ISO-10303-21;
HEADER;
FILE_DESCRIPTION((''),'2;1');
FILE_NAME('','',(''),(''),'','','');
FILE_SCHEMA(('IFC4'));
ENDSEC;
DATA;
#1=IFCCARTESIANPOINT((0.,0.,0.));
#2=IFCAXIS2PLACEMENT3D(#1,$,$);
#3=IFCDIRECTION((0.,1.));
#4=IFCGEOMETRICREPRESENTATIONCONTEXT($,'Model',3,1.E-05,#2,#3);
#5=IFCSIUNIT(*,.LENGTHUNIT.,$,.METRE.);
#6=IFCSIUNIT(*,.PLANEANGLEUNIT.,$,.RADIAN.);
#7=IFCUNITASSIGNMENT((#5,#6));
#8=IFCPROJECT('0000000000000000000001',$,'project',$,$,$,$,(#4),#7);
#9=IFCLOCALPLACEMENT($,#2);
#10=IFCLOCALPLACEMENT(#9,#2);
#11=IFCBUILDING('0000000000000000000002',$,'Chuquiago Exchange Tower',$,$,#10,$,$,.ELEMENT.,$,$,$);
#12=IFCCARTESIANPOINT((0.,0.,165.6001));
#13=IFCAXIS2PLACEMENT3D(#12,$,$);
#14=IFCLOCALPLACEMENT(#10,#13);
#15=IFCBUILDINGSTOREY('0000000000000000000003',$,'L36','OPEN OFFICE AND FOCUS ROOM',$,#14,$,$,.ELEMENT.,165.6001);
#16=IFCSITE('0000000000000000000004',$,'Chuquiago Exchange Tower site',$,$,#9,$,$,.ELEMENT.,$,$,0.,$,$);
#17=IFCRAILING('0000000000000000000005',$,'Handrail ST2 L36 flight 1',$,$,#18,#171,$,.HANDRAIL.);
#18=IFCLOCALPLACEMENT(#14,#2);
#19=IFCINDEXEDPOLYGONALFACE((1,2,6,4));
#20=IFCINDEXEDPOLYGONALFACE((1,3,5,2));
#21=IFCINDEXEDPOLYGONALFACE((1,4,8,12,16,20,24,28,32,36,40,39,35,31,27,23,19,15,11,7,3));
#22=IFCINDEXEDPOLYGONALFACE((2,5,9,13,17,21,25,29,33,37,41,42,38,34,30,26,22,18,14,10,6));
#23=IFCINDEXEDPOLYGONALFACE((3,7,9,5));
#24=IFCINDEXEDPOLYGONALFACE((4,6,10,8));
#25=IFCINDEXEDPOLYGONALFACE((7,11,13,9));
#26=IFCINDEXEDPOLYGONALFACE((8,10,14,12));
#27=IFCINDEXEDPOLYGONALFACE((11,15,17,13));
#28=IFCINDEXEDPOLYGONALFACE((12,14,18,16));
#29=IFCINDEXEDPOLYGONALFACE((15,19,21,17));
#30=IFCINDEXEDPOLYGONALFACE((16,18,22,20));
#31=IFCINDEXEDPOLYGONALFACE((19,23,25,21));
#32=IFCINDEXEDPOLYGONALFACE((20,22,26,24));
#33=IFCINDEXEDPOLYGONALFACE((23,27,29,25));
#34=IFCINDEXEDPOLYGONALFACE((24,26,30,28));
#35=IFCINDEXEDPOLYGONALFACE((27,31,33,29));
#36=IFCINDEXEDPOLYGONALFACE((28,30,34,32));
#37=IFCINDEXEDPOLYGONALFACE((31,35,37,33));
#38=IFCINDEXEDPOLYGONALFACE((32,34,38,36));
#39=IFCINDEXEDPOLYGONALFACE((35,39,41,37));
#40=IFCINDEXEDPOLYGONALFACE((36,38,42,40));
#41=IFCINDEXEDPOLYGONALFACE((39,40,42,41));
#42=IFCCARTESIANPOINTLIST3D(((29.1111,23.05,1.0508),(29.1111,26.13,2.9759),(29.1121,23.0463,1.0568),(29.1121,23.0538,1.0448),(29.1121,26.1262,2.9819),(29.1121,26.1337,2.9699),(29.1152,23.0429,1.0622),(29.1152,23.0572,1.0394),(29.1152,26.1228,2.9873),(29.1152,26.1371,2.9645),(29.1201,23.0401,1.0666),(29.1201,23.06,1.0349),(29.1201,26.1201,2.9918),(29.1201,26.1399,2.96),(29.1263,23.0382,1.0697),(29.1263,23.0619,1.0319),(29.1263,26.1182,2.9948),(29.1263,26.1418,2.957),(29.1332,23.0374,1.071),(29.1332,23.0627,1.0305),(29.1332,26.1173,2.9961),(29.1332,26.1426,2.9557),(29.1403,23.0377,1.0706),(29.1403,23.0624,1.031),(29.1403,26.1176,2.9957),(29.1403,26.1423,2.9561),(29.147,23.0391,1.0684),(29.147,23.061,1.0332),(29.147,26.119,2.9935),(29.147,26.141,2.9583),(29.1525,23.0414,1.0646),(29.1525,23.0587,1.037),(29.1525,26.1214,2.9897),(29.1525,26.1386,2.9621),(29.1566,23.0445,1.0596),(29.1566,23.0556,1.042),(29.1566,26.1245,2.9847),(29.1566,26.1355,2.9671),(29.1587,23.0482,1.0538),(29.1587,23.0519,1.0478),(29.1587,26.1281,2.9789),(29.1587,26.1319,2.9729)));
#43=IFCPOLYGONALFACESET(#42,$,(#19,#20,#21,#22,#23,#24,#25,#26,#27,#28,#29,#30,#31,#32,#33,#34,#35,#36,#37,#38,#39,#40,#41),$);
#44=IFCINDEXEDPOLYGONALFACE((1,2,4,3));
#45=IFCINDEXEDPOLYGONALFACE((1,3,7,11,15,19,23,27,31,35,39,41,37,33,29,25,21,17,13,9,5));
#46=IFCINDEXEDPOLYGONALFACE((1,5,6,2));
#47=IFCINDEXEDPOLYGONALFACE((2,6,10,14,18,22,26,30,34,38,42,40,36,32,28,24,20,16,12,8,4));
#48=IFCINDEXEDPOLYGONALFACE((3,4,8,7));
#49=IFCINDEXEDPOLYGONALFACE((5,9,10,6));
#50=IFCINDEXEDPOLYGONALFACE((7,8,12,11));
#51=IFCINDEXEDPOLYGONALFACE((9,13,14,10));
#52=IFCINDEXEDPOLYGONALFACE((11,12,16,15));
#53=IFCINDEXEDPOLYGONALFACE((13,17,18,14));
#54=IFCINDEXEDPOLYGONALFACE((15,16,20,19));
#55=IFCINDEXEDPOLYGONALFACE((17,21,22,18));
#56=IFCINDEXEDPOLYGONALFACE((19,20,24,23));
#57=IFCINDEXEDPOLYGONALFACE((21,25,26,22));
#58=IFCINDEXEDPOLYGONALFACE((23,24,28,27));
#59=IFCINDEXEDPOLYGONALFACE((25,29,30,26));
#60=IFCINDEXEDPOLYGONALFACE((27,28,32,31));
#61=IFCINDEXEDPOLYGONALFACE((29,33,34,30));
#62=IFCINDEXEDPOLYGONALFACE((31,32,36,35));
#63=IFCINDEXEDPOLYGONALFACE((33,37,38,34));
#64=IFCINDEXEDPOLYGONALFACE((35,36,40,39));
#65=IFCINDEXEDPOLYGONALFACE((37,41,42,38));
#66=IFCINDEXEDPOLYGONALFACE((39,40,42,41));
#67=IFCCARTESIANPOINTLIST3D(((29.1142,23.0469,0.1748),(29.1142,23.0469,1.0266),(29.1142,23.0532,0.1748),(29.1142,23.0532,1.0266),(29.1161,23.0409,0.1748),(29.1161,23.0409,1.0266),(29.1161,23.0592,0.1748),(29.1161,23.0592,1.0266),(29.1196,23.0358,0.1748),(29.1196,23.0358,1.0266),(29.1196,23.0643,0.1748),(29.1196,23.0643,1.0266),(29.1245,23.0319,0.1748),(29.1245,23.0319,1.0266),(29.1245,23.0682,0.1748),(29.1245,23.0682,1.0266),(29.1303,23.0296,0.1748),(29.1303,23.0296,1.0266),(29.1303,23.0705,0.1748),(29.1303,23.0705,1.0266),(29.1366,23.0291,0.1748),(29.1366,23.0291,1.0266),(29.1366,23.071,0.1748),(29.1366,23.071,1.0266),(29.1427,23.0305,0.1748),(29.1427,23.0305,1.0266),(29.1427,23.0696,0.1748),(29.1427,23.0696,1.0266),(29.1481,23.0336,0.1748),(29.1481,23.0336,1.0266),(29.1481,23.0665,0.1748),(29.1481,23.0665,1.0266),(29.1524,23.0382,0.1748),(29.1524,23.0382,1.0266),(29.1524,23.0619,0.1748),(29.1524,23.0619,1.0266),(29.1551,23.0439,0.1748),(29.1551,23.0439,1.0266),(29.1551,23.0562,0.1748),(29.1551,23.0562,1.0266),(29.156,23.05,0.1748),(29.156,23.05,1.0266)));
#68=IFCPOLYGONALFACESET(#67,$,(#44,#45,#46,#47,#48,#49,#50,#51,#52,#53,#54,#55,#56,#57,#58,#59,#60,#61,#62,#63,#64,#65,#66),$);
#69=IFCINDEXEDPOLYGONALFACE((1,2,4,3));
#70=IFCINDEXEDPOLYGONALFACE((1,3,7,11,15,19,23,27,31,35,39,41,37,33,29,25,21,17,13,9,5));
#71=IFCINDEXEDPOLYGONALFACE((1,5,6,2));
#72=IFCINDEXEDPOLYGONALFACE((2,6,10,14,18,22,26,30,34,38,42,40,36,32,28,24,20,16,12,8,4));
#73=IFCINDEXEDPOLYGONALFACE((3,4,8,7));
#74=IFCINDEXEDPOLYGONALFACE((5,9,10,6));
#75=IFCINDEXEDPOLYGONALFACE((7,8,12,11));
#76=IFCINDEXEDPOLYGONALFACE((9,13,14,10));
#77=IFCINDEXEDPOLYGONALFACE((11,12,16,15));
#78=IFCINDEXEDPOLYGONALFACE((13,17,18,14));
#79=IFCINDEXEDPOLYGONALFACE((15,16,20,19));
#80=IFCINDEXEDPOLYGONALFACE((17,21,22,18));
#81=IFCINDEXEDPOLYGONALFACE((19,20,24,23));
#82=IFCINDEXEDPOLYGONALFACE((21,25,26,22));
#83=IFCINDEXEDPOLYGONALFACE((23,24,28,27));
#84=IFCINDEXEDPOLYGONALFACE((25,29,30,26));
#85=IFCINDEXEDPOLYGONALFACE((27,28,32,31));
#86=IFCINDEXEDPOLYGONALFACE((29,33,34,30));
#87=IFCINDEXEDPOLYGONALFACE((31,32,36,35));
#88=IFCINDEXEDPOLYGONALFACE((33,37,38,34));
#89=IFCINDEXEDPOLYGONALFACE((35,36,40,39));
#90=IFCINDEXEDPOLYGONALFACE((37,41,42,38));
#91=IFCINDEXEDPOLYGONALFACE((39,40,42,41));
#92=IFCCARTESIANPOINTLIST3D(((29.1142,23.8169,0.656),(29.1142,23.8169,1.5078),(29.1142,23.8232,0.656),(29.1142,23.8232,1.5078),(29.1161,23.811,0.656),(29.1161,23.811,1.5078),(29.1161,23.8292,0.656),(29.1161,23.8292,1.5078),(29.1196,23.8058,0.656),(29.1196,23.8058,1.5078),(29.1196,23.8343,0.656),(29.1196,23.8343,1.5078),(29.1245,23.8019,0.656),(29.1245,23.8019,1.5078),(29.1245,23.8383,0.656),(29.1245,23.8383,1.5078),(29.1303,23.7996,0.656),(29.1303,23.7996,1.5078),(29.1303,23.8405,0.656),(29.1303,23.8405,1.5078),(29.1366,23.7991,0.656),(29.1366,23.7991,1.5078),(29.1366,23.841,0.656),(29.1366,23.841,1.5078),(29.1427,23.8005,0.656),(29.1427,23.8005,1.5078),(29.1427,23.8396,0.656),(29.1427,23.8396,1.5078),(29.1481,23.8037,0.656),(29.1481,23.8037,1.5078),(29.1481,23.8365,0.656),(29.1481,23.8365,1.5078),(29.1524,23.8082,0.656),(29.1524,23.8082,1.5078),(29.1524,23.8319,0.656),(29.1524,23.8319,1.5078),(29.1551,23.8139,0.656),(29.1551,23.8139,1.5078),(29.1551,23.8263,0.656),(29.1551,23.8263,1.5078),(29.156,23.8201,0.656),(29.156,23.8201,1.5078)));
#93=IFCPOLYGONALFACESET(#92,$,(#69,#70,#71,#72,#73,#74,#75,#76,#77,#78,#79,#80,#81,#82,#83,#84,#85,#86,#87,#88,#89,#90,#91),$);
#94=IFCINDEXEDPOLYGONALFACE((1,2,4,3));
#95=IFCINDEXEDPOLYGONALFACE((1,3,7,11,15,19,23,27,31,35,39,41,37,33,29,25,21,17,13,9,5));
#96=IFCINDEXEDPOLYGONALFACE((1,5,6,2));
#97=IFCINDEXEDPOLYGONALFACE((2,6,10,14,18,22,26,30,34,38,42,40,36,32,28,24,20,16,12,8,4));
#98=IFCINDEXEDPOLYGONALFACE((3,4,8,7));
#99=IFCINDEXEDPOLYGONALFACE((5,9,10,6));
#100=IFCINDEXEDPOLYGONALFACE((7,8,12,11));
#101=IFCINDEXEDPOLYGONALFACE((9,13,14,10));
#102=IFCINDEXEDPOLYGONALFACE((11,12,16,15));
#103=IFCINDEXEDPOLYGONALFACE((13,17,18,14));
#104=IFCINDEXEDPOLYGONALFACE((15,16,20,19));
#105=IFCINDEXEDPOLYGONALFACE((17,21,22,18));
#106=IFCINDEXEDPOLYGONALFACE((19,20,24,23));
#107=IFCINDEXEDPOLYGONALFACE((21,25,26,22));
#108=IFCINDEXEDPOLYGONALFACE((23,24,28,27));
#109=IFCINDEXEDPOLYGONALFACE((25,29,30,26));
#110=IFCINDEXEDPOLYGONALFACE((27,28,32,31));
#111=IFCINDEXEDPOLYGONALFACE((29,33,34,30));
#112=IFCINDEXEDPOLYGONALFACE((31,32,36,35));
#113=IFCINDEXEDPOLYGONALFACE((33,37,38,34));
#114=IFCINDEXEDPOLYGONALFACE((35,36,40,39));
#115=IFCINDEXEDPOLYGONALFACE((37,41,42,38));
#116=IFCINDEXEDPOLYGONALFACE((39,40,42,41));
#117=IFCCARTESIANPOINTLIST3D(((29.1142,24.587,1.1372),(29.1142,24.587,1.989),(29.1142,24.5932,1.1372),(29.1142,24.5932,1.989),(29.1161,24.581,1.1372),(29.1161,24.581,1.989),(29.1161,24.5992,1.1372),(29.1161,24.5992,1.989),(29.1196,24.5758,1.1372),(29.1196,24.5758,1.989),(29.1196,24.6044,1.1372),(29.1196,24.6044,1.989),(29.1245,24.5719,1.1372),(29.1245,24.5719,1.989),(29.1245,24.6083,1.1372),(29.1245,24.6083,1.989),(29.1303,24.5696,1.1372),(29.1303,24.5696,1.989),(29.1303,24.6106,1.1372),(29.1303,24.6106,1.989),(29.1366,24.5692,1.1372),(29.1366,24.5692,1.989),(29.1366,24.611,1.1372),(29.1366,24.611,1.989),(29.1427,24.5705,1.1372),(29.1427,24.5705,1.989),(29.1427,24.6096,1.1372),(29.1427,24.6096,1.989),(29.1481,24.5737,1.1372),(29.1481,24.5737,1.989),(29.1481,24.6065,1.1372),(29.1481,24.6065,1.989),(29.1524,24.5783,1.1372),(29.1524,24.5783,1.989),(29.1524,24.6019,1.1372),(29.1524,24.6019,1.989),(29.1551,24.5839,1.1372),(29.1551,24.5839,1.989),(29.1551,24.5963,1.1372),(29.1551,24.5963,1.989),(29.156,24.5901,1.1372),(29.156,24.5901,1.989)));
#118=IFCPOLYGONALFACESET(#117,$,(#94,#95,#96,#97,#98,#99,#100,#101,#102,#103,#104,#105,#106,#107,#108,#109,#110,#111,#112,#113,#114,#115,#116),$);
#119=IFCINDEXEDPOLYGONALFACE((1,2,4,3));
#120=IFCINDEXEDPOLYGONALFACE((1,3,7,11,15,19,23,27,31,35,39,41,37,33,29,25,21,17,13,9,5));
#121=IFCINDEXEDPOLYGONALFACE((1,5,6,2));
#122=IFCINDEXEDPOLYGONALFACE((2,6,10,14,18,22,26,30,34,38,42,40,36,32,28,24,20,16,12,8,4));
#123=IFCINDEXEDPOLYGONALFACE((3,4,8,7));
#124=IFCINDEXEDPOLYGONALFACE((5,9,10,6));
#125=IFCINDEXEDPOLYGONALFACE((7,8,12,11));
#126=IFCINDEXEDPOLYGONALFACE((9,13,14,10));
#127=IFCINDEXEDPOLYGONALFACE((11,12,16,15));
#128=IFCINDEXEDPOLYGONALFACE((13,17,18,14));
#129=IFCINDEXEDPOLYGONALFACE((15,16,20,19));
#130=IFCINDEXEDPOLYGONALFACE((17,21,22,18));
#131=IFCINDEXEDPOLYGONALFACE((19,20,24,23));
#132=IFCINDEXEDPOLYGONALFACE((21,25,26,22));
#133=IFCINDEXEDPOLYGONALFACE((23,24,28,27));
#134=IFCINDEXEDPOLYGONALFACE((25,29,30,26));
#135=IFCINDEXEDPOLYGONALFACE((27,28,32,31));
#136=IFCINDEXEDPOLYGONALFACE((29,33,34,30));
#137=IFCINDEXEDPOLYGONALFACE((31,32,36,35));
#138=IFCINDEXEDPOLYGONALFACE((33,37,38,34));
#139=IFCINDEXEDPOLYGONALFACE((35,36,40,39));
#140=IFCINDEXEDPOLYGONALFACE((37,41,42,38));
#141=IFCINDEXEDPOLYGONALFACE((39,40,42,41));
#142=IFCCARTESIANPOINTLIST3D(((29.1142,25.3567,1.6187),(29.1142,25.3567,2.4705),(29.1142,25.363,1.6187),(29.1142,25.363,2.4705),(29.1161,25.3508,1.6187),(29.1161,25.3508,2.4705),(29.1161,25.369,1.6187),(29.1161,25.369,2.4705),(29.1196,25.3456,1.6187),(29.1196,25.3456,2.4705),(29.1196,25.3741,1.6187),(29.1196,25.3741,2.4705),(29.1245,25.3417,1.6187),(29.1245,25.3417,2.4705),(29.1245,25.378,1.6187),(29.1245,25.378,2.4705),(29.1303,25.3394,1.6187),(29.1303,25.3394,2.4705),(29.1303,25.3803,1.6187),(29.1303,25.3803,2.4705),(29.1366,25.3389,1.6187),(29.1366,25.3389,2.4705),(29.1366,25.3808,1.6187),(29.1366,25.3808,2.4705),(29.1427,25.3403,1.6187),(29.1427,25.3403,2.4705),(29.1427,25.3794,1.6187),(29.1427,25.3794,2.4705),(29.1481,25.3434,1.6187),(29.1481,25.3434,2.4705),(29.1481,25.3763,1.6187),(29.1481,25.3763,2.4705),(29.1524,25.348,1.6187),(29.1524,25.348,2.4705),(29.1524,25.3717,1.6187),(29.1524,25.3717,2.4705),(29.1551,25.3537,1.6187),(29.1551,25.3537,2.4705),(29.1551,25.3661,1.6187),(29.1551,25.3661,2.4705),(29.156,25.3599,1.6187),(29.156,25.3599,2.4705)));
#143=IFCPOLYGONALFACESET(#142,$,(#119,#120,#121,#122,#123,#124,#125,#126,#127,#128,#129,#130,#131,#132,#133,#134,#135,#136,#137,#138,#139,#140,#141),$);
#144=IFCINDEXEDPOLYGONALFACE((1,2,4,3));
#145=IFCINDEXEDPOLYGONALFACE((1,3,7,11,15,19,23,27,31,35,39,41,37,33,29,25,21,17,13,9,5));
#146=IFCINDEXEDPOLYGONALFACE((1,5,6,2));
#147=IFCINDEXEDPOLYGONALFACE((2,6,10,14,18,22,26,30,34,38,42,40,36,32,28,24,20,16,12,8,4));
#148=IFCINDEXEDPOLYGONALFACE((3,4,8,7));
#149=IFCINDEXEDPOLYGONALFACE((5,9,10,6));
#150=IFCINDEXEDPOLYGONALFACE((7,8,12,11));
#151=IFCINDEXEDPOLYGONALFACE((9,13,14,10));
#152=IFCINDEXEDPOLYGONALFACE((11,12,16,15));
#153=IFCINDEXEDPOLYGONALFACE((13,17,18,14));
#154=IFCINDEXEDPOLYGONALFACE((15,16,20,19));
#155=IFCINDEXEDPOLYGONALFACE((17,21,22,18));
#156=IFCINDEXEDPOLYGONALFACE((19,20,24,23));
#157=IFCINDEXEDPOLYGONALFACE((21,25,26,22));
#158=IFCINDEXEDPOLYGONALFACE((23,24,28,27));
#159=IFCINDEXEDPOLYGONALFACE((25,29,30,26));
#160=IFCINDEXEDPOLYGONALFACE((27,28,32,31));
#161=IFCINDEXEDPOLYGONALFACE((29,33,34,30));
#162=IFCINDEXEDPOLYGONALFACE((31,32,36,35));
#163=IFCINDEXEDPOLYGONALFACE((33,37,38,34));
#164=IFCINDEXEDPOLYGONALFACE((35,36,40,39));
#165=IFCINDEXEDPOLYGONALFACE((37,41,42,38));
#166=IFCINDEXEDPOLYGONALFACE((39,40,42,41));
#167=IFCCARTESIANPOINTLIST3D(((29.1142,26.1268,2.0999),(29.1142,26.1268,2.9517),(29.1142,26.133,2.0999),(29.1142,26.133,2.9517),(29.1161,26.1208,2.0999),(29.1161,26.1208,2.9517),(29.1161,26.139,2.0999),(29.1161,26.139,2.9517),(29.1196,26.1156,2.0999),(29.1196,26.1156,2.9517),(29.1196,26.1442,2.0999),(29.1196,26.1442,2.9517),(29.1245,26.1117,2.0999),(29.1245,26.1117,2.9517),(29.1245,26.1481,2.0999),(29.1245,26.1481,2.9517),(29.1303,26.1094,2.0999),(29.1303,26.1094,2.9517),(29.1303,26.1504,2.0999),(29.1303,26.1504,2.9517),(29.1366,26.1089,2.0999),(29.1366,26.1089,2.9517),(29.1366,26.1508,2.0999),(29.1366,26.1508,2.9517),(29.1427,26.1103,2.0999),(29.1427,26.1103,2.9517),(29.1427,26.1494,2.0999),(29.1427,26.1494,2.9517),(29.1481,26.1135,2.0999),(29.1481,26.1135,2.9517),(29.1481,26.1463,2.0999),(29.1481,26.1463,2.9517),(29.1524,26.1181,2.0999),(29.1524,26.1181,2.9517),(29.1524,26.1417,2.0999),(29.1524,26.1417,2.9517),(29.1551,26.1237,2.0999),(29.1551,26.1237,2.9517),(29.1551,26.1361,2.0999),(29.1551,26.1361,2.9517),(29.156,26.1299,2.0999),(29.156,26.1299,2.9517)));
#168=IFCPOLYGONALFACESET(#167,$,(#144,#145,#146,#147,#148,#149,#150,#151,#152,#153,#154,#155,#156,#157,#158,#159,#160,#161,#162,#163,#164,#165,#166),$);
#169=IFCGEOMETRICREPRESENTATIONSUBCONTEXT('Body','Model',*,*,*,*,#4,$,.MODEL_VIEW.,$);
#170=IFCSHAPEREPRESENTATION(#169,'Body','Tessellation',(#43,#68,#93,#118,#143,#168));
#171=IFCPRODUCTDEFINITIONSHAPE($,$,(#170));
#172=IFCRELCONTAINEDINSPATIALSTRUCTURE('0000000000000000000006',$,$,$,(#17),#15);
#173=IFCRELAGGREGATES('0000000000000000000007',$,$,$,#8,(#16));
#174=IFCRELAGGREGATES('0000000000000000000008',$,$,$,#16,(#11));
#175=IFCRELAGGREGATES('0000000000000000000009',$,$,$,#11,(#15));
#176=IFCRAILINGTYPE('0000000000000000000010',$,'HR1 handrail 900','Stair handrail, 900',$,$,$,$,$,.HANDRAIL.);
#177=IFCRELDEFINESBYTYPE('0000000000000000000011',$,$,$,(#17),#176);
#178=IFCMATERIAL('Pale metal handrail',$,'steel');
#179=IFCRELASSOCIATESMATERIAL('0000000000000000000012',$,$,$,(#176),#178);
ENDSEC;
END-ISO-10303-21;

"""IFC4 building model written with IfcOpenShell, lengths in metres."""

from ifc_helpers import new_model, si_unit, direction, frame, origin, origin_2d, place, context, subcontext, project, spatial, circle, extrude, material, type_object, element, save


model = new_model("IFC4")

# Units and contexts
model_context = context("Model", 3, precision=1e-05, world=origin(), true_north=direction((0.0, 1.0)))
body_context = subcontext(model_context, "Body", "Model", "MODEL_VIEW")
ifc_project = project(units=[si_unit("LENGTHUNIT", "METRE"), si_unit("PLANEANGLEUNIT", "RADIAN")], contexts=[model_context])

# Site, building, storey
site_placement = place(None, origin())
site = spatial("IfcSite", under=ifc_project, at=site_placement, Name="Chuquiago Exchange Tower site", CompositionType="ELEMENT", RefElevation=0.0)
building_placement = place(site_placement, origin())
building = spatial("IfcBuilding", under=site, at=building_placement, Name="Chuquiago Exchange Tower", CompositionType="ELEMENT")
storey_placement = place(building_placement, frame((0.0, 0.0, 165.6001)))
storey = spatial("IfcBuildingStorey", under=building, at=storey_placement, Name="L36", Description="OPEN OFFICE AND FOCUS ROOM", CompositionType="ELEMENT", Elevation=165.6001)

# Railing
ifc_material_1 = material(Name="Pale metal handrail", Category="steel")
railing_type = type_object("IfcRailingType", Name="HR1 handrail 900", Description="Stair handrail, 900", PredefinedType="HANDRAIL", material=ifc_material_1)
for number, where, name in (
    (1, (29.135, 23.05, 0.1748), "Handrail ST2 L36 flight 1"),
):
    element("IfcRailing", number, at=place(storey_placement, frame(where)), inside=storey, type_object=railing_type, Name=name, PredefinedType="HANDRAIL", context=body_context, shape_type="SweptSolid", body=[
        extrude(circle(Radius=0.0239, at=origin_2d()), frame((0.0, 0.0, 0.876), z_axis=(0.0, 0.847979, 0.530029), x_axis=(-1.0, 0.0, 0.0)), (0.0, 0.0, 1.0), 3.6321),
        extrude(circle(Radius=0.021, at=origin_2d()), origin(), (0.0, 0.0, 1.0), 0.8518),
        extrude(circle(Radius=0.021, at=origin_2d()), frame((0.0, 0.77, 0.4812)), (0.0, 0.0, 1.0), 0.8518),
        extrude(circle(Radius=0.021, at=origin_2d()), frame((0.0, 1.54, 0.9624)), (0.0, 0.0, 1.0), 0.8518),
        extrude(circle(Radius=0.021, at=origin_2d()), frame((0.0, 2.3098, 1.4438)), (0.0, 0.0, 1.0), 0.8518),
        extrude(circle(Radius=0.021, at=origin_2d()), frame((0.0, 3.0798, 1.925)), (0.0, 0.0, 1.0), 0.8518),
    ])

save(model, "model.ifc")
